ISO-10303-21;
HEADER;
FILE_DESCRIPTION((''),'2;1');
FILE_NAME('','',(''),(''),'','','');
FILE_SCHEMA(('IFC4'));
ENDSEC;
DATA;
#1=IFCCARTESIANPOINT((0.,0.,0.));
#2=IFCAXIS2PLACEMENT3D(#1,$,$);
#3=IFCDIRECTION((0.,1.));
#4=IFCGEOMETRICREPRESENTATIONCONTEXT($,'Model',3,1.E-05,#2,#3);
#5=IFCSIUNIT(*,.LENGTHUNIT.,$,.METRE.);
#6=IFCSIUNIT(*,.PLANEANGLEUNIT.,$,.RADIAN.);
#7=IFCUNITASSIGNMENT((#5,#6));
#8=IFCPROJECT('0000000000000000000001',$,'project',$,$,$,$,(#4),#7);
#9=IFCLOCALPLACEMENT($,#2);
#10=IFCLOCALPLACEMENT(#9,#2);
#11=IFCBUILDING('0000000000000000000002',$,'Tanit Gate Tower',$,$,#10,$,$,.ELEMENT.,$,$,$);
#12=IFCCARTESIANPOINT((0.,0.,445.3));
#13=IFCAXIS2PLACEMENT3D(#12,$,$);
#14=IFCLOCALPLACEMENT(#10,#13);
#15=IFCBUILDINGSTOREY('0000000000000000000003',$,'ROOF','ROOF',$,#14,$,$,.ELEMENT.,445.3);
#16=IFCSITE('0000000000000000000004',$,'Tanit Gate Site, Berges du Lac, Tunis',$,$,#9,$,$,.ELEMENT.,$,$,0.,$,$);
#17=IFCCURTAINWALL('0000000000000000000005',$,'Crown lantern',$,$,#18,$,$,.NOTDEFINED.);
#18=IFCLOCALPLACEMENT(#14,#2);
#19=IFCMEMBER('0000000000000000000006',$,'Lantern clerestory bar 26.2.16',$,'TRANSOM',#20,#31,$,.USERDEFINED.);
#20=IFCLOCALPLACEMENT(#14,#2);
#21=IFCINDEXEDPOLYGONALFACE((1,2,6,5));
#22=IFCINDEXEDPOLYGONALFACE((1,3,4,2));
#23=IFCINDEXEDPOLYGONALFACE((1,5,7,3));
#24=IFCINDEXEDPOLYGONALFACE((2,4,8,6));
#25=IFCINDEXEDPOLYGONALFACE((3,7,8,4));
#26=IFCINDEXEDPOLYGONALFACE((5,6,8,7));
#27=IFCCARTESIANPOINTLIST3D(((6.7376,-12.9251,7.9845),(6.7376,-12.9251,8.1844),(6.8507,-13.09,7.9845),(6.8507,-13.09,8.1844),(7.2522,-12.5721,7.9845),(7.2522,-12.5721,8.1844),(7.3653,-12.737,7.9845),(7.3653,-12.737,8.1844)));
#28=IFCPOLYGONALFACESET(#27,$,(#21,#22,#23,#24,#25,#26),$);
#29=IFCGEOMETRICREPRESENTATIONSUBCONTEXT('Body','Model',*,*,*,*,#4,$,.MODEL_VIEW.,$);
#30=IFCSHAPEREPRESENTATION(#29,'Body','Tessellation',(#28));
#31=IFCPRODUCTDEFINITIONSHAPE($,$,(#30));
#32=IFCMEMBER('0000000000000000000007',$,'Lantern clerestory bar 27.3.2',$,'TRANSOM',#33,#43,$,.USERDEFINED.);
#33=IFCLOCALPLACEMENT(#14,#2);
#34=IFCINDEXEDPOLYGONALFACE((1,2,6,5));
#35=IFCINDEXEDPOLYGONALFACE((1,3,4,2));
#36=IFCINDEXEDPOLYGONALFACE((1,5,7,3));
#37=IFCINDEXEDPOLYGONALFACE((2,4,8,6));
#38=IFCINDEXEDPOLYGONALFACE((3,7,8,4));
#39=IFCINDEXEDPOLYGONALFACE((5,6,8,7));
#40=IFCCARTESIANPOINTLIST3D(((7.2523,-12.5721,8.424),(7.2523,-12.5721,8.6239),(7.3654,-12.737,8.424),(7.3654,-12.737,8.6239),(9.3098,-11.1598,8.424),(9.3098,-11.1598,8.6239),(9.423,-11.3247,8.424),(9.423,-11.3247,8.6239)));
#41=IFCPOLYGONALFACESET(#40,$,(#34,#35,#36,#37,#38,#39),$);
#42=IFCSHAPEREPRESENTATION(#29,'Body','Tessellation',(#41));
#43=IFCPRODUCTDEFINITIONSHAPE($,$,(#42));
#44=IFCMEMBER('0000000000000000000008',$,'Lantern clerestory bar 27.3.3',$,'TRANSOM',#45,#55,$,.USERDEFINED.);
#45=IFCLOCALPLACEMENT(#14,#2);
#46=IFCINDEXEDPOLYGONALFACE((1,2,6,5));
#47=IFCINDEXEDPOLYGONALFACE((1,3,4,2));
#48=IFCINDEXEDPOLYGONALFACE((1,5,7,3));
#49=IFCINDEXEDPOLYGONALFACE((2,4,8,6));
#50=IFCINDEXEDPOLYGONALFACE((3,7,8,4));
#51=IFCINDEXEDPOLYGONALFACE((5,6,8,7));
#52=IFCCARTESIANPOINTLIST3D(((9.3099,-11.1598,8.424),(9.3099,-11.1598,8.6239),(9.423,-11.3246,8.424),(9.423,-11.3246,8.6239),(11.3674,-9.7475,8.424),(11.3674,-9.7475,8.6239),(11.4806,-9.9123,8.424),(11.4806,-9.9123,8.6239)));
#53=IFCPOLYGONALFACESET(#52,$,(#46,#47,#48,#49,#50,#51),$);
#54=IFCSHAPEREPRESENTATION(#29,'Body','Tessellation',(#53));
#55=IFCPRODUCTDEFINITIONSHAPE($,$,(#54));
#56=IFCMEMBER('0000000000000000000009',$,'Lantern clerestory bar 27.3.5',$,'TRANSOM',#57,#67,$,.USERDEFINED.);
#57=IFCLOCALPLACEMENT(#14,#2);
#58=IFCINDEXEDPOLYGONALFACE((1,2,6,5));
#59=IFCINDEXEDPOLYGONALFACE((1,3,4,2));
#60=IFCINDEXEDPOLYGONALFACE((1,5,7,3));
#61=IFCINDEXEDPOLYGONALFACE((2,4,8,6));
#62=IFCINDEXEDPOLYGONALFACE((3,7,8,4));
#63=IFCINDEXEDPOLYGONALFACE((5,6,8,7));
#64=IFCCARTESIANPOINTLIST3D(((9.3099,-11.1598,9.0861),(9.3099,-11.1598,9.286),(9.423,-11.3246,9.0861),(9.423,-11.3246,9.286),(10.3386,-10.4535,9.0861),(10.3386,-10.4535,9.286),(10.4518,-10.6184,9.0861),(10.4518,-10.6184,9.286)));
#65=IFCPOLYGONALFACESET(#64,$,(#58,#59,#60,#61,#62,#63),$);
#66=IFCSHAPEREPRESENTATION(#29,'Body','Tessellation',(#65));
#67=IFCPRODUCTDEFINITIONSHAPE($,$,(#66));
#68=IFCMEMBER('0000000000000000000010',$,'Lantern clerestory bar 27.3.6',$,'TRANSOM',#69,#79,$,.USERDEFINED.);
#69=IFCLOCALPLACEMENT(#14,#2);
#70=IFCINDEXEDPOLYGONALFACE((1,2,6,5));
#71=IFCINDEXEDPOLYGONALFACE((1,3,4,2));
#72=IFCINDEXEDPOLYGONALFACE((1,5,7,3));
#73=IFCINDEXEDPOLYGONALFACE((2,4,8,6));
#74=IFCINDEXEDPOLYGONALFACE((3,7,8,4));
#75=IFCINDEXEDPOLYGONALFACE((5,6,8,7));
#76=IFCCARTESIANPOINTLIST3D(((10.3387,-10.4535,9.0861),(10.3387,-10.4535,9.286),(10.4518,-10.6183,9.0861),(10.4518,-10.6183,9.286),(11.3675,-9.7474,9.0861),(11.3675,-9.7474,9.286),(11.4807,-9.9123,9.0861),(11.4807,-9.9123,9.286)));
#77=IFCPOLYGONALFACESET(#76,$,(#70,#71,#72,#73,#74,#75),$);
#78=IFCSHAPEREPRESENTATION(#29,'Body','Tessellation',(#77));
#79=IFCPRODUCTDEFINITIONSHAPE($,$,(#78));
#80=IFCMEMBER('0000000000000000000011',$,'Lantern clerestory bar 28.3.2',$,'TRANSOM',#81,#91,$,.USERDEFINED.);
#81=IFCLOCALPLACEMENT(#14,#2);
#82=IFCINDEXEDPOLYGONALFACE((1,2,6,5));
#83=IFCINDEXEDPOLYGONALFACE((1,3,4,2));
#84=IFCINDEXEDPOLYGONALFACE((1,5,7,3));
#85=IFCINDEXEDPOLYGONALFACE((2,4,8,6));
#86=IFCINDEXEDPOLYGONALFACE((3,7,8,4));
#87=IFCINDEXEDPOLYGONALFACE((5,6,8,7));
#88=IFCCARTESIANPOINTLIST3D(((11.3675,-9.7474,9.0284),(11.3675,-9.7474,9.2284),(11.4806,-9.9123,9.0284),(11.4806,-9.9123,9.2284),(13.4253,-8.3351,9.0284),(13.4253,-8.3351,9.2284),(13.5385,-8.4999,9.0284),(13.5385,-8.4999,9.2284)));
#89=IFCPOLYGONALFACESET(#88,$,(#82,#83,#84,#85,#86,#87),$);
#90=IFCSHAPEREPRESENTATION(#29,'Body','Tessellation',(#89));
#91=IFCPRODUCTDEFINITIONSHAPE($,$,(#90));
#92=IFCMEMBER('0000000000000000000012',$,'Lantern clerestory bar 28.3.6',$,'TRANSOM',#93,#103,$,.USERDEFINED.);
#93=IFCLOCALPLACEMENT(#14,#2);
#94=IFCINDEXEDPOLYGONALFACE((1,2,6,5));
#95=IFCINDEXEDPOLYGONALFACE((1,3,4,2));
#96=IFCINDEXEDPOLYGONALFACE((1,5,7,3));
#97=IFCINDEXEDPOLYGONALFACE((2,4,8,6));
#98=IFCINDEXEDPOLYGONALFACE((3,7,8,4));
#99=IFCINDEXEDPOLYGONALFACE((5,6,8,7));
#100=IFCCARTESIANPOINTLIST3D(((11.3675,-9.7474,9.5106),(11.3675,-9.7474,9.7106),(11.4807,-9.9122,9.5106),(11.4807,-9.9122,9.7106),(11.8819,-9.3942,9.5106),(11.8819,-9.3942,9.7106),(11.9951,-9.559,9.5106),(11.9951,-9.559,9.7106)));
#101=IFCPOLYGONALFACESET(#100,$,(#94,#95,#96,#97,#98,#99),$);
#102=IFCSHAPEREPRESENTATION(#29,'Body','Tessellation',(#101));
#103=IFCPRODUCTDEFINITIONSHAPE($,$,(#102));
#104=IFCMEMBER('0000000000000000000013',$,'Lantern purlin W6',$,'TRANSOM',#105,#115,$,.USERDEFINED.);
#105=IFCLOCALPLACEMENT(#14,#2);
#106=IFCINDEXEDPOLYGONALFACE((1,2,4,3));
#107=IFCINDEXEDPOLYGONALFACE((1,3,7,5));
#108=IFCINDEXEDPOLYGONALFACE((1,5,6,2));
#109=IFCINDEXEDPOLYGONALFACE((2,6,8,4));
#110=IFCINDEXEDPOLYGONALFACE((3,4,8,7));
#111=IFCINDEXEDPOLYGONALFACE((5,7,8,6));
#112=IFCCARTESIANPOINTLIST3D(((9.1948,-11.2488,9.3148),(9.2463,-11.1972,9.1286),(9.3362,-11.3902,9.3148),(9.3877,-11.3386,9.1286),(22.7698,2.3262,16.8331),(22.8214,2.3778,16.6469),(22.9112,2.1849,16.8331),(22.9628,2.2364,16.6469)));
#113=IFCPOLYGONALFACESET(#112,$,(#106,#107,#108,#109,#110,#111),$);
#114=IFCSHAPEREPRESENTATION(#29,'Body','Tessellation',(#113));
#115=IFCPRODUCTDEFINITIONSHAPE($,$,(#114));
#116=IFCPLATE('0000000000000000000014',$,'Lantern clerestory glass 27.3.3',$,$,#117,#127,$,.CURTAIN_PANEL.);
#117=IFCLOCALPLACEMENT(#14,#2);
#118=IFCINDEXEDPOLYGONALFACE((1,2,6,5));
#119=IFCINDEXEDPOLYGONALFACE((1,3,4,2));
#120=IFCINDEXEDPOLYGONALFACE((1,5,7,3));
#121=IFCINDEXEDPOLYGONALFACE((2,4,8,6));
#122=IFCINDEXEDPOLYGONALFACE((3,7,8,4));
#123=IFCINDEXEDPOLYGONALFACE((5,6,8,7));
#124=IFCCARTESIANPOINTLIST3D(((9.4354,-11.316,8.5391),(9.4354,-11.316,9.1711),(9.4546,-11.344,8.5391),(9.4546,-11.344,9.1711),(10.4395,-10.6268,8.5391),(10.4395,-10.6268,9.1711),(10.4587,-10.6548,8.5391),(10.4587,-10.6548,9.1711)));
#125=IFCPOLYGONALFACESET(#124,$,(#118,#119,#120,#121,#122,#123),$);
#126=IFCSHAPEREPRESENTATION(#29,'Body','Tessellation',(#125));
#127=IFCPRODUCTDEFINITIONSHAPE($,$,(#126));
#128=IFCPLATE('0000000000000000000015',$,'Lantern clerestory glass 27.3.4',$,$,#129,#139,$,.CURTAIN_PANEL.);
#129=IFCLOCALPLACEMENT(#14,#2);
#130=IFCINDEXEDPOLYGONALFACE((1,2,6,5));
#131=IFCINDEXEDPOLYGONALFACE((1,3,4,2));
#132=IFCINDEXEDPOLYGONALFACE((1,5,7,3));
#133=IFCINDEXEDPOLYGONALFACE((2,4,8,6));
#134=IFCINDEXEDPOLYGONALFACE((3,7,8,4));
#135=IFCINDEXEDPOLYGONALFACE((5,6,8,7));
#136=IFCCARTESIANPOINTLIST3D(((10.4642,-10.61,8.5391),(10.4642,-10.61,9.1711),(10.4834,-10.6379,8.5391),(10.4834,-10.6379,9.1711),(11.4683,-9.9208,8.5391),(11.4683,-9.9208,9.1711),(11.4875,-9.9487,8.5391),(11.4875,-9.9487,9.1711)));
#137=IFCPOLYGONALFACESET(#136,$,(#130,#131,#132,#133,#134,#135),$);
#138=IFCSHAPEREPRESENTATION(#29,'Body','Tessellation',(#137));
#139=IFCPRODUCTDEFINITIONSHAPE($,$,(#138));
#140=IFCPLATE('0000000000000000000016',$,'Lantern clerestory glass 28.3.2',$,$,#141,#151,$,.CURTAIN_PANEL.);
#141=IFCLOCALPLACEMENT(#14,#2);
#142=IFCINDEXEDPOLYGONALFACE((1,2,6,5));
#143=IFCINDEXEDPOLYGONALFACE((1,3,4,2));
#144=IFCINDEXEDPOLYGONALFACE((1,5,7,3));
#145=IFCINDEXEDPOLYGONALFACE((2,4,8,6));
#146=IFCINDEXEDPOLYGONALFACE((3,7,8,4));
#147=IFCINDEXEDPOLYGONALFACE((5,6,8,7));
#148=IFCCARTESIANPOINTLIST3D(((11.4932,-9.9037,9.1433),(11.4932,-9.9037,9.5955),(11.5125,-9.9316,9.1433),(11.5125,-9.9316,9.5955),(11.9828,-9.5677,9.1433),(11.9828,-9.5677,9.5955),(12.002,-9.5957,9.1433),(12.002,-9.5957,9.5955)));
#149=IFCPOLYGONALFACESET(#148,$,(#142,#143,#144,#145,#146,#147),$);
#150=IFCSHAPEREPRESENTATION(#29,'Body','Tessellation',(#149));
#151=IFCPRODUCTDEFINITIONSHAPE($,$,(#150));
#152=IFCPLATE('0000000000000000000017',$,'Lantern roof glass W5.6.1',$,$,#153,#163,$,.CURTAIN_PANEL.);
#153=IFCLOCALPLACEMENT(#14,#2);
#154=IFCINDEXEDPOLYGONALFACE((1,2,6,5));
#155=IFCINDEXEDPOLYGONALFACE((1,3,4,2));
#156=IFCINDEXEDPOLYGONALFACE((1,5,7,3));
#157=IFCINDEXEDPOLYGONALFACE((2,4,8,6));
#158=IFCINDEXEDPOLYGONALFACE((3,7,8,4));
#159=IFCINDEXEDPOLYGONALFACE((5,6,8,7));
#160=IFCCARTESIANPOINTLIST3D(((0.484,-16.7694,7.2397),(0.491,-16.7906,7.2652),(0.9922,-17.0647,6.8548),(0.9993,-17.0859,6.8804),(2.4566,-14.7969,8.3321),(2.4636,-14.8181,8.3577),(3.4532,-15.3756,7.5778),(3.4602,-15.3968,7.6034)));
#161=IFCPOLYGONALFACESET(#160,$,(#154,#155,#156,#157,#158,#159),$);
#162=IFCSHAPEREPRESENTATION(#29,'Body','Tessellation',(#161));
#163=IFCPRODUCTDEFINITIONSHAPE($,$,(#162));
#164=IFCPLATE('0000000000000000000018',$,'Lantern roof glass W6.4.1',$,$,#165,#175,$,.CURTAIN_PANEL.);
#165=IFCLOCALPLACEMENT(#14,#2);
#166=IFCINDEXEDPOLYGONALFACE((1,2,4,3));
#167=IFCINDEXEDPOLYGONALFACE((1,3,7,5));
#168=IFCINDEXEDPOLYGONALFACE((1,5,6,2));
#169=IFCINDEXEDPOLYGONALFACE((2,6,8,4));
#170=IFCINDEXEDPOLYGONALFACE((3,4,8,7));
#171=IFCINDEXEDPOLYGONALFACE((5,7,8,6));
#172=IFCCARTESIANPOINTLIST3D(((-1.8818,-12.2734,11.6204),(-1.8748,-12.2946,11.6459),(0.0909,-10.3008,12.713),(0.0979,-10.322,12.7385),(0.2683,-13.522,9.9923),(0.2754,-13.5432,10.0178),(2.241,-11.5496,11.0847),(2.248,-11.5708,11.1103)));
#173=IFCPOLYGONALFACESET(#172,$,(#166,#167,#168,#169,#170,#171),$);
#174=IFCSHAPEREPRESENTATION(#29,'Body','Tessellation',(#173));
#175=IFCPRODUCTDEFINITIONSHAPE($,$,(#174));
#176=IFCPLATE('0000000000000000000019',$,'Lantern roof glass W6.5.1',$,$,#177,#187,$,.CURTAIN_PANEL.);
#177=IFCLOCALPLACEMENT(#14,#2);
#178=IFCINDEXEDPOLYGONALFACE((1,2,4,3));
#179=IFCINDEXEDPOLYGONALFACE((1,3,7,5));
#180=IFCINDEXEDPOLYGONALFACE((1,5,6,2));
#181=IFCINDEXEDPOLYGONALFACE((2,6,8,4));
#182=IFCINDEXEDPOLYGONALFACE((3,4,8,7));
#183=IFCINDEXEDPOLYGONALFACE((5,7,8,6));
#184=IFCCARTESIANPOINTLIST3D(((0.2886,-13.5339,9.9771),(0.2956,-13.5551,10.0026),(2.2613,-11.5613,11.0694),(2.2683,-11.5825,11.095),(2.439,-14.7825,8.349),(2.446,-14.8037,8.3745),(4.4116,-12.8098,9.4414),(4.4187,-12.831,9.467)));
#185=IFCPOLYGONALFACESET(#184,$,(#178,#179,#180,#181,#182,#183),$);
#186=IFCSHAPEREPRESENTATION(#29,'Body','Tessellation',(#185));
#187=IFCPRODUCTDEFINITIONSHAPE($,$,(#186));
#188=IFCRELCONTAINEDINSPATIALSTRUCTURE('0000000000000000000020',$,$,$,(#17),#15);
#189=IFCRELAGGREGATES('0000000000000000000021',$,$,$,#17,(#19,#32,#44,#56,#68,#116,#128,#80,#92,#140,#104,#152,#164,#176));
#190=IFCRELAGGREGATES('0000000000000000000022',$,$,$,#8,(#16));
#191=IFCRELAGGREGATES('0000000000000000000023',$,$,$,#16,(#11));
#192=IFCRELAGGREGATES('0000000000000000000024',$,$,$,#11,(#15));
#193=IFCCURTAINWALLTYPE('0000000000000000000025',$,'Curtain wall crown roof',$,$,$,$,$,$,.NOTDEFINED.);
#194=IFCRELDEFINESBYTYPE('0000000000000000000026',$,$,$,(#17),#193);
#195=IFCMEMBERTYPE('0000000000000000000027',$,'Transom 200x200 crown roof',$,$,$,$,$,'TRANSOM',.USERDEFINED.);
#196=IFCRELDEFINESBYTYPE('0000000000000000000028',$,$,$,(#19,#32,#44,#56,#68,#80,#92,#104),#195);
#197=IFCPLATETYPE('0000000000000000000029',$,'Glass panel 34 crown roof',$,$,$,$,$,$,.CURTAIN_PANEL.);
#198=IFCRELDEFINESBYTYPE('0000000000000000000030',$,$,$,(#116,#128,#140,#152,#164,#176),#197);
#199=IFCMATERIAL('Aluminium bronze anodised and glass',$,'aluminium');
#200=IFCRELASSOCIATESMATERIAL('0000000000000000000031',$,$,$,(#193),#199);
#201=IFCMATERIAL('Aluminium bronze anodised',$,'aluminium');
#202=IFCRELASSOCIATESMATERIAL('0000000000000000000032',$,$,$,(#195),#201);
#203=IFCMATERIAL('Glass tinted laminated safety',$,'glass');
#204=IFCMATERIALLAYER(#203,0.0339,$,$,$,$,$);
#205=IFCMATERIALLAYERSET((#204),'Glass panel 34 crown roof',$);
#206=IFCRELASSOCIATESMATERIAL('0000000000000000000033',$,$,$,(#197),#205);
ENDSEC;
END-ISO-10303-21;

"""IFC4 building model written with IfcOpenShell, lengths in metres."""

from ifc_helpers import new_model, si_unit, direction, frame, origin, origin_2d, place, context, subcontext, project, spatial, polyline, rectangle, outline, extrude, material, layer, layer_set, material_profile, profile_set, type_object, element, aggregate, save


model = new_model("IFC4")

# Units and contexts
model_context = context("Model", 3, precision=1e-05, world=origin(), true_north=direction((0.0, 1.0)))
body_context = subcontext(model_context, "Body", "Model", "MODEL_VIEW")
ifc_project = project(units=[si_unit("LENGTHUNIT", "METRE"), si_unit("PLANEANGLEUNIT", "RADIAN")], contexts=[model_context])

# Site, building, storey
site_placement = place(None, origin())
site = spatial("IfcSite", under=ifc_project, at=site_placement, Name="Tanit Gate Site, Berges du Lac, Tunis", CompositionType="ELEMENT", RefElevation=0.0)
building_placement = place(site_placement, origin())
building = spatial("IfcBuilding", under=site, at=building_placement, Name="Tanit Gate Tower", CompositionType="ELEMENT")
storey_placement = place(building_placement, frame((0.0, 0.0, 445.3)))
storey = spatial("IfcBuildingStorey", under=building, at=storey_placement, Name="ROOF", Description="ROOF", CompositionType="ELEMENT", Elevation=445.3)

# Curtain wall, members, plates
ifc_material_1 = material(Name="Aluminium bronze anodised and glass", Category="aluminium")
curtain_wall_type = type_object("IfcCurtainWallType", Name="Curtain wall crown roof", PredefinedType="NOTDEFINED", material=ifc_material_1)
curtain_wall_placement = place(storey_placement, origin())
curtain_wall = element("IfcCurtainWall", 1, at=curtain_wall_placement, inside=storey, type_object=curtain_wall_type, Name="Crown lantern", PredefinedType="NOTDEFINED")
ifc_material_2 = material(Name="Aluminium bronze anodised", Category="aluminium")
ifc_material_profile_1 = material_profile(ifc_material_2, rectangle(XDim=0.2, YDim=0.2, at=origin_2d()), Name="200x200 bronze transom")
ifc_profile_set_1 = profile_set([ifc_material_profile_1], Name="Aluminium bronze anodised")
member_type_1 = type_object("IfcMemberType", Name="Transom 200x200 crown roof", ElementType="TRANSOM", PredefinedType="USERDEFINED", material=ifc_profile_set_1)
member_1_placement = place(storey_placement, frame((6.7942, -13.0076, 8.0845), z_axis=(0.824635, 0.565665, 0.0), x_axis=(-0.565665, 0.824635, 0.0)))
member_1 = element("IfcMember", 2, at=member_1_placement, type_object=member_type_1, Name="Lantern clerestory bar 26.2.16", ObjectType="TRANSOM", PredefinedType="USERDEFINED", context=body_context, shape_type="SweptSolid", body=[
    extrude(rectangle(XDim=0.2, YDim=0.2, at=origin_2d()), origin(), (0.0, 0.0, 1.0), 0.624),
])
member_2_placement = place(storey_placement, frame((7.3088, -12.6545, 8.5239), z_axis=(0.824464, 0.565914, 0.0), x_axis=(-0.565914, 0.824464, 0.0)))
member_2 = element("IfcMember", 3, at=member_2_placement, type_object=member_type_1, Name="Lantern clerestory bar 27.3.2", ObjectType="TRANSOM", PredefinedType="USERDEFINED", context=body_context, shape_type="SweptSolid", body=[
    extrude(rectangle(XDim=0.2, YDim=0.2, at=origin_2d()), origin(), (0.0, 0.0, 1.0), 2.4956),
])
member_3_placement = place(storey_placement, frame((9.3665, -11.2422, 8.5239), z_axis=(0.824464, 0.565914, 0.0), x_axis=(-0.565914, 0.824464, 0.0)))
member_3 = element("IfcMember", 4, at=member_3_placement, type_object=member_type_1, Name="Lantern clerestory bar 27.3.3", ObjectType="TRANSOM", PredefinedType="USERDEFINED", context=body_context, shape_type="SweptSolid", body=[
    extrude(rectangle(XDim=0.2, YDim=0.2, at=origin_2d()), origin(), (0.0, 0.0, 1.0), 2.4956),
])
member_4_placement = place(storey_placement, frame((9.3665, -11.2422, 9.186), z_axis=(0.824418, 0.565981, 0.0), x_axis=(-0.565981, 0.824418, 0.0)))
member_4 = element("IfcMember", 5, at=member_4_placement, type_object=member_type_1, Name="Lantern clerestory bar 27.3.5", ObjectType="TRANSOM", PredefinedType="USERDEFINED", context=body_context, shape_type="SweptSolid", body=[
    extrude(rectangle(XDim=0.2, YDim=0.2, at=origin_2d()), origin(), (0.0, 0.0, 1.0), 1.2478),
])
member_5_placement = place(storey_placement, frame((10.3953, -10.5359, 9.186), z_axis=(0.82451, 0.565848, 0.0), x_axis=(-0.565848, 0.82451, 0.0)))
member_5 = element("IfcMember", 6, at=member_5_placement, type_object=member_type_1, Name="Lantern clerestory bar 27.3.6", ObjectType="TRANSOM", PredefinedType="USERDEFINED", context=body_context, shape_type="SweptSolid", body=[
    extrude(rectangle(XDim=0.2, YDim=0.2, at=origin_2d()), origin(), (0.0, 0.0, 1.0), 1.2478),
])
member_6_placement = place(storey_placement, frame((11.4241, -9.8298, 9.1284), z_axis=(0.824495, 0.565869, 0.0), x_axis=(-0.565869, 0.824495, 0.0)))
member_6 = element("IfcMember", 7, at=member_6_placement, type_object=member_type_1, Name="Lantern clerestory bar 28.3.2", ObjectType="TRANSOM", PredefinedType="USERDEFINED", context=body_context, shape_type="SweptSolid", body=[
    extrude(rectangle(XDim=0.2, YDim=0.2, at=origin_2d()), origin(), (0.0, 0.0, 1.0), 2.4958),
])
member_7_placement = place(storey_placement, frame((11.4241, -9.8298, 9.6106), z_axis=(0.824327, 0.566114, 0.0), x_axis=(-0.566114, 0.824327, 0.0)))
member_7 = element("IfcMember", 8, at=member_7_placement, type_object=member_type_1, Name="Lantern clerestory bar 28.3.6", ObjectType="TRANSOM", PredefinedType="USERDEFINED", context=body_context, shape_type="SweptSolid", body=[
    extrude(rectangle(XDim=0.2, YDim=0.2, at=origin_2d()), origin(), (0.0, 0.0, 1.0), 0.624),
])
member_8_placement = place(storey_placement, frame((9.2913, -11.2937, 9.2217), z_axis=(0.658417, 0.658417, 0.364656), x_axis=(-0.707107, 0.707107, 0.0)))
member_8 = element("IfcMember", 9, at=member_8_placement, type_object=member_type_1, Name="Lantern purlin W6", ObjectType="TRANSOM", PredefinedType="USERDEFINED", context=body_context, shape_type="SweptSolid", body=[
    extrude(rectangle(XDim=0.2, YDim=0.2, at=origin_2d()), origin(), (0.0, 0.0, 1.0), 20.6177),
])
ifc_material_3 = material(Name="Glass tinted laminated safety", Category="glass")
ifc_layer = layer(ifc_material_3, 0.0339)
ifc_layer_set = layer_set([ifc_layer], Name="Glass panel 34 crown roof")
plate_type = type_object("IfcPlateType", Name="Glass panel 34 crown roof", PredefinedType="CURTAIN_PANEL", material=ifc_layer_set)
plate_1_placement = place(storey_placement, frame((9.4546, -11.344, 8.5391), z_axis=(0.565891, -0.82448, 0.0), x_axis=(0.82448, 0.565891, 0.0)))
plate_1 = element("IfcPlate", 10, at=plate_1_placement, type_object=plate_type, Name="Lantern clerestory glass 27.3.3", PredefinedType="CURTAIN_PANEL", context=body_context, shape_type="SweptSolid", body=[
    extrude(outline(polyline([(0.0, 0.0), (1.2179, 0.0), (1.2179, 0.6321), (0.0, 0.6321), (0.0, 0.0)])), origin(), (0.0, 0.0, -1.0), 0.0339),
])
plate_2_placement = place(storey_placement, frame((10.4834, -10.6379, 8.5391), z_axis=(0.565891, -0.82448, 0.0), x_axis=(0.82448, 0.565891, 0.0)))
plate_2 = element("IfcPlate", 11, at=plate_2_placement, type_object=plate_type, Name="Lantern clerestory glass 27.3.4", PredefinedType="CURTAIN_PANEL", context=body_context, shape_type="SweptSolid", body=[
    extrude(outline(polyline([(0.0, 0.0), (1.2179, 0.0), (1.2179, 0.6321), (0.0, 0.6321), (0.0, 0.0)])), origin(), (0.0, 0.0, -1.0), 0.0339),
])
plate_3_placement = place(storey_placement, frame((11.5125, -9.9316, 9.1433), z_axis=(0.565848, -0.82451, 0.0), x_axis=(0.82451, 0.565848, 0.0)))
plate_3 = element("IfcPlate", 12, at=plate_3_placement, type_object=plate_type, Name="Lantern clerestory glass 28.3.2", PredefinedType="CURTAIN_PANEL", context=body_context, shape_type="SweptSolid", body=[
    extrude(outline(polyline([(0.0, 0.0), (0.5937, 0.0), (0.5937, 0.4521), (0.0, 0.4521), (0.0, 0.0)])), origin(), (0.0, 0.0, -1.0), 0.0339),
])
plate_4_placement = place(storey_placement, frame((2.4636, -14.8181, 8.3577), z_axis=(0.207365, -0.624441, 0.753042), x_axis=(-0.658444, -0.658397, -0.364644)))
plate_4 = element("IfcPlate", 13, at=plate_4_placement, type_object=plate_type, Name="Lantern roof glass W5.6.1", PredefinedType="CURTAIN_PANEL", context=body_context, shape_type="SweptSolid", body=[
    extrude(outline(polyline([(0.0, 0.0), (2.9959, 0.0), (2.996, 0.7026), (-0.0002, 1.3773), (0.0, 0.0)])), origin(), (0.0, 0.0, -1.0), 0.0339),
])
plate_5_placement = place(storey_placement, frame((0.2754, -13.5432, 10.0178), z_axis=(0.207477, -0.624524, 0.752943), x_axis=(0.658447, 0.658387, 0.364656)))
plate_5 = element("IfcPlate", 14, at=plate_5_placement, type_object=plate_type, Name="Lantern roof glass W6.4.1", PredefinedType="CURTAIN_PANEL", context=body_context, shape_type="SweptSolid", body=[
    extrude(outline(polyline([(0.0, 0.0), (2.9959, 0.0), (2.996, 2.9721), (0.0, 2.972), (0.0, 0.0)])), origin(), (0.0, 0.0, -1.0), 0.0339),
])
plate_6_placement = place(storey_placement, frame((2.446, -14.8037, 8.3745), z_axis=(0.207498, -0.624477, 0.752976), x_axis=(0.658411, 0.658436, 0.364632)))
plate_6 = element("IfcPlate", 15, at=plate_6_placement, type_object=plate_type, Name="Lantern roof glass W6.5.1", PredefinedType="CURTAIN_PANEL", context=body_context, shape_type="SweptSolid", body=[
    extrude(outline(polyline([(0.0, 0.0), (2.9961, 0.0), (2.9959, 2.9721), (-0.0001, 2.9722), (0.0, 0.0)])), origin(), (0.0, 0.0, -1.0), 0.0339),
])
aggregate(curtain_wall, [member_1, member_2, member_3, member_4, member_5, plate_1, plate_2, member_6, member_7, plate_3, member_8, plate_4, plate_5, plate_6])

save(model, "model.ifc")
